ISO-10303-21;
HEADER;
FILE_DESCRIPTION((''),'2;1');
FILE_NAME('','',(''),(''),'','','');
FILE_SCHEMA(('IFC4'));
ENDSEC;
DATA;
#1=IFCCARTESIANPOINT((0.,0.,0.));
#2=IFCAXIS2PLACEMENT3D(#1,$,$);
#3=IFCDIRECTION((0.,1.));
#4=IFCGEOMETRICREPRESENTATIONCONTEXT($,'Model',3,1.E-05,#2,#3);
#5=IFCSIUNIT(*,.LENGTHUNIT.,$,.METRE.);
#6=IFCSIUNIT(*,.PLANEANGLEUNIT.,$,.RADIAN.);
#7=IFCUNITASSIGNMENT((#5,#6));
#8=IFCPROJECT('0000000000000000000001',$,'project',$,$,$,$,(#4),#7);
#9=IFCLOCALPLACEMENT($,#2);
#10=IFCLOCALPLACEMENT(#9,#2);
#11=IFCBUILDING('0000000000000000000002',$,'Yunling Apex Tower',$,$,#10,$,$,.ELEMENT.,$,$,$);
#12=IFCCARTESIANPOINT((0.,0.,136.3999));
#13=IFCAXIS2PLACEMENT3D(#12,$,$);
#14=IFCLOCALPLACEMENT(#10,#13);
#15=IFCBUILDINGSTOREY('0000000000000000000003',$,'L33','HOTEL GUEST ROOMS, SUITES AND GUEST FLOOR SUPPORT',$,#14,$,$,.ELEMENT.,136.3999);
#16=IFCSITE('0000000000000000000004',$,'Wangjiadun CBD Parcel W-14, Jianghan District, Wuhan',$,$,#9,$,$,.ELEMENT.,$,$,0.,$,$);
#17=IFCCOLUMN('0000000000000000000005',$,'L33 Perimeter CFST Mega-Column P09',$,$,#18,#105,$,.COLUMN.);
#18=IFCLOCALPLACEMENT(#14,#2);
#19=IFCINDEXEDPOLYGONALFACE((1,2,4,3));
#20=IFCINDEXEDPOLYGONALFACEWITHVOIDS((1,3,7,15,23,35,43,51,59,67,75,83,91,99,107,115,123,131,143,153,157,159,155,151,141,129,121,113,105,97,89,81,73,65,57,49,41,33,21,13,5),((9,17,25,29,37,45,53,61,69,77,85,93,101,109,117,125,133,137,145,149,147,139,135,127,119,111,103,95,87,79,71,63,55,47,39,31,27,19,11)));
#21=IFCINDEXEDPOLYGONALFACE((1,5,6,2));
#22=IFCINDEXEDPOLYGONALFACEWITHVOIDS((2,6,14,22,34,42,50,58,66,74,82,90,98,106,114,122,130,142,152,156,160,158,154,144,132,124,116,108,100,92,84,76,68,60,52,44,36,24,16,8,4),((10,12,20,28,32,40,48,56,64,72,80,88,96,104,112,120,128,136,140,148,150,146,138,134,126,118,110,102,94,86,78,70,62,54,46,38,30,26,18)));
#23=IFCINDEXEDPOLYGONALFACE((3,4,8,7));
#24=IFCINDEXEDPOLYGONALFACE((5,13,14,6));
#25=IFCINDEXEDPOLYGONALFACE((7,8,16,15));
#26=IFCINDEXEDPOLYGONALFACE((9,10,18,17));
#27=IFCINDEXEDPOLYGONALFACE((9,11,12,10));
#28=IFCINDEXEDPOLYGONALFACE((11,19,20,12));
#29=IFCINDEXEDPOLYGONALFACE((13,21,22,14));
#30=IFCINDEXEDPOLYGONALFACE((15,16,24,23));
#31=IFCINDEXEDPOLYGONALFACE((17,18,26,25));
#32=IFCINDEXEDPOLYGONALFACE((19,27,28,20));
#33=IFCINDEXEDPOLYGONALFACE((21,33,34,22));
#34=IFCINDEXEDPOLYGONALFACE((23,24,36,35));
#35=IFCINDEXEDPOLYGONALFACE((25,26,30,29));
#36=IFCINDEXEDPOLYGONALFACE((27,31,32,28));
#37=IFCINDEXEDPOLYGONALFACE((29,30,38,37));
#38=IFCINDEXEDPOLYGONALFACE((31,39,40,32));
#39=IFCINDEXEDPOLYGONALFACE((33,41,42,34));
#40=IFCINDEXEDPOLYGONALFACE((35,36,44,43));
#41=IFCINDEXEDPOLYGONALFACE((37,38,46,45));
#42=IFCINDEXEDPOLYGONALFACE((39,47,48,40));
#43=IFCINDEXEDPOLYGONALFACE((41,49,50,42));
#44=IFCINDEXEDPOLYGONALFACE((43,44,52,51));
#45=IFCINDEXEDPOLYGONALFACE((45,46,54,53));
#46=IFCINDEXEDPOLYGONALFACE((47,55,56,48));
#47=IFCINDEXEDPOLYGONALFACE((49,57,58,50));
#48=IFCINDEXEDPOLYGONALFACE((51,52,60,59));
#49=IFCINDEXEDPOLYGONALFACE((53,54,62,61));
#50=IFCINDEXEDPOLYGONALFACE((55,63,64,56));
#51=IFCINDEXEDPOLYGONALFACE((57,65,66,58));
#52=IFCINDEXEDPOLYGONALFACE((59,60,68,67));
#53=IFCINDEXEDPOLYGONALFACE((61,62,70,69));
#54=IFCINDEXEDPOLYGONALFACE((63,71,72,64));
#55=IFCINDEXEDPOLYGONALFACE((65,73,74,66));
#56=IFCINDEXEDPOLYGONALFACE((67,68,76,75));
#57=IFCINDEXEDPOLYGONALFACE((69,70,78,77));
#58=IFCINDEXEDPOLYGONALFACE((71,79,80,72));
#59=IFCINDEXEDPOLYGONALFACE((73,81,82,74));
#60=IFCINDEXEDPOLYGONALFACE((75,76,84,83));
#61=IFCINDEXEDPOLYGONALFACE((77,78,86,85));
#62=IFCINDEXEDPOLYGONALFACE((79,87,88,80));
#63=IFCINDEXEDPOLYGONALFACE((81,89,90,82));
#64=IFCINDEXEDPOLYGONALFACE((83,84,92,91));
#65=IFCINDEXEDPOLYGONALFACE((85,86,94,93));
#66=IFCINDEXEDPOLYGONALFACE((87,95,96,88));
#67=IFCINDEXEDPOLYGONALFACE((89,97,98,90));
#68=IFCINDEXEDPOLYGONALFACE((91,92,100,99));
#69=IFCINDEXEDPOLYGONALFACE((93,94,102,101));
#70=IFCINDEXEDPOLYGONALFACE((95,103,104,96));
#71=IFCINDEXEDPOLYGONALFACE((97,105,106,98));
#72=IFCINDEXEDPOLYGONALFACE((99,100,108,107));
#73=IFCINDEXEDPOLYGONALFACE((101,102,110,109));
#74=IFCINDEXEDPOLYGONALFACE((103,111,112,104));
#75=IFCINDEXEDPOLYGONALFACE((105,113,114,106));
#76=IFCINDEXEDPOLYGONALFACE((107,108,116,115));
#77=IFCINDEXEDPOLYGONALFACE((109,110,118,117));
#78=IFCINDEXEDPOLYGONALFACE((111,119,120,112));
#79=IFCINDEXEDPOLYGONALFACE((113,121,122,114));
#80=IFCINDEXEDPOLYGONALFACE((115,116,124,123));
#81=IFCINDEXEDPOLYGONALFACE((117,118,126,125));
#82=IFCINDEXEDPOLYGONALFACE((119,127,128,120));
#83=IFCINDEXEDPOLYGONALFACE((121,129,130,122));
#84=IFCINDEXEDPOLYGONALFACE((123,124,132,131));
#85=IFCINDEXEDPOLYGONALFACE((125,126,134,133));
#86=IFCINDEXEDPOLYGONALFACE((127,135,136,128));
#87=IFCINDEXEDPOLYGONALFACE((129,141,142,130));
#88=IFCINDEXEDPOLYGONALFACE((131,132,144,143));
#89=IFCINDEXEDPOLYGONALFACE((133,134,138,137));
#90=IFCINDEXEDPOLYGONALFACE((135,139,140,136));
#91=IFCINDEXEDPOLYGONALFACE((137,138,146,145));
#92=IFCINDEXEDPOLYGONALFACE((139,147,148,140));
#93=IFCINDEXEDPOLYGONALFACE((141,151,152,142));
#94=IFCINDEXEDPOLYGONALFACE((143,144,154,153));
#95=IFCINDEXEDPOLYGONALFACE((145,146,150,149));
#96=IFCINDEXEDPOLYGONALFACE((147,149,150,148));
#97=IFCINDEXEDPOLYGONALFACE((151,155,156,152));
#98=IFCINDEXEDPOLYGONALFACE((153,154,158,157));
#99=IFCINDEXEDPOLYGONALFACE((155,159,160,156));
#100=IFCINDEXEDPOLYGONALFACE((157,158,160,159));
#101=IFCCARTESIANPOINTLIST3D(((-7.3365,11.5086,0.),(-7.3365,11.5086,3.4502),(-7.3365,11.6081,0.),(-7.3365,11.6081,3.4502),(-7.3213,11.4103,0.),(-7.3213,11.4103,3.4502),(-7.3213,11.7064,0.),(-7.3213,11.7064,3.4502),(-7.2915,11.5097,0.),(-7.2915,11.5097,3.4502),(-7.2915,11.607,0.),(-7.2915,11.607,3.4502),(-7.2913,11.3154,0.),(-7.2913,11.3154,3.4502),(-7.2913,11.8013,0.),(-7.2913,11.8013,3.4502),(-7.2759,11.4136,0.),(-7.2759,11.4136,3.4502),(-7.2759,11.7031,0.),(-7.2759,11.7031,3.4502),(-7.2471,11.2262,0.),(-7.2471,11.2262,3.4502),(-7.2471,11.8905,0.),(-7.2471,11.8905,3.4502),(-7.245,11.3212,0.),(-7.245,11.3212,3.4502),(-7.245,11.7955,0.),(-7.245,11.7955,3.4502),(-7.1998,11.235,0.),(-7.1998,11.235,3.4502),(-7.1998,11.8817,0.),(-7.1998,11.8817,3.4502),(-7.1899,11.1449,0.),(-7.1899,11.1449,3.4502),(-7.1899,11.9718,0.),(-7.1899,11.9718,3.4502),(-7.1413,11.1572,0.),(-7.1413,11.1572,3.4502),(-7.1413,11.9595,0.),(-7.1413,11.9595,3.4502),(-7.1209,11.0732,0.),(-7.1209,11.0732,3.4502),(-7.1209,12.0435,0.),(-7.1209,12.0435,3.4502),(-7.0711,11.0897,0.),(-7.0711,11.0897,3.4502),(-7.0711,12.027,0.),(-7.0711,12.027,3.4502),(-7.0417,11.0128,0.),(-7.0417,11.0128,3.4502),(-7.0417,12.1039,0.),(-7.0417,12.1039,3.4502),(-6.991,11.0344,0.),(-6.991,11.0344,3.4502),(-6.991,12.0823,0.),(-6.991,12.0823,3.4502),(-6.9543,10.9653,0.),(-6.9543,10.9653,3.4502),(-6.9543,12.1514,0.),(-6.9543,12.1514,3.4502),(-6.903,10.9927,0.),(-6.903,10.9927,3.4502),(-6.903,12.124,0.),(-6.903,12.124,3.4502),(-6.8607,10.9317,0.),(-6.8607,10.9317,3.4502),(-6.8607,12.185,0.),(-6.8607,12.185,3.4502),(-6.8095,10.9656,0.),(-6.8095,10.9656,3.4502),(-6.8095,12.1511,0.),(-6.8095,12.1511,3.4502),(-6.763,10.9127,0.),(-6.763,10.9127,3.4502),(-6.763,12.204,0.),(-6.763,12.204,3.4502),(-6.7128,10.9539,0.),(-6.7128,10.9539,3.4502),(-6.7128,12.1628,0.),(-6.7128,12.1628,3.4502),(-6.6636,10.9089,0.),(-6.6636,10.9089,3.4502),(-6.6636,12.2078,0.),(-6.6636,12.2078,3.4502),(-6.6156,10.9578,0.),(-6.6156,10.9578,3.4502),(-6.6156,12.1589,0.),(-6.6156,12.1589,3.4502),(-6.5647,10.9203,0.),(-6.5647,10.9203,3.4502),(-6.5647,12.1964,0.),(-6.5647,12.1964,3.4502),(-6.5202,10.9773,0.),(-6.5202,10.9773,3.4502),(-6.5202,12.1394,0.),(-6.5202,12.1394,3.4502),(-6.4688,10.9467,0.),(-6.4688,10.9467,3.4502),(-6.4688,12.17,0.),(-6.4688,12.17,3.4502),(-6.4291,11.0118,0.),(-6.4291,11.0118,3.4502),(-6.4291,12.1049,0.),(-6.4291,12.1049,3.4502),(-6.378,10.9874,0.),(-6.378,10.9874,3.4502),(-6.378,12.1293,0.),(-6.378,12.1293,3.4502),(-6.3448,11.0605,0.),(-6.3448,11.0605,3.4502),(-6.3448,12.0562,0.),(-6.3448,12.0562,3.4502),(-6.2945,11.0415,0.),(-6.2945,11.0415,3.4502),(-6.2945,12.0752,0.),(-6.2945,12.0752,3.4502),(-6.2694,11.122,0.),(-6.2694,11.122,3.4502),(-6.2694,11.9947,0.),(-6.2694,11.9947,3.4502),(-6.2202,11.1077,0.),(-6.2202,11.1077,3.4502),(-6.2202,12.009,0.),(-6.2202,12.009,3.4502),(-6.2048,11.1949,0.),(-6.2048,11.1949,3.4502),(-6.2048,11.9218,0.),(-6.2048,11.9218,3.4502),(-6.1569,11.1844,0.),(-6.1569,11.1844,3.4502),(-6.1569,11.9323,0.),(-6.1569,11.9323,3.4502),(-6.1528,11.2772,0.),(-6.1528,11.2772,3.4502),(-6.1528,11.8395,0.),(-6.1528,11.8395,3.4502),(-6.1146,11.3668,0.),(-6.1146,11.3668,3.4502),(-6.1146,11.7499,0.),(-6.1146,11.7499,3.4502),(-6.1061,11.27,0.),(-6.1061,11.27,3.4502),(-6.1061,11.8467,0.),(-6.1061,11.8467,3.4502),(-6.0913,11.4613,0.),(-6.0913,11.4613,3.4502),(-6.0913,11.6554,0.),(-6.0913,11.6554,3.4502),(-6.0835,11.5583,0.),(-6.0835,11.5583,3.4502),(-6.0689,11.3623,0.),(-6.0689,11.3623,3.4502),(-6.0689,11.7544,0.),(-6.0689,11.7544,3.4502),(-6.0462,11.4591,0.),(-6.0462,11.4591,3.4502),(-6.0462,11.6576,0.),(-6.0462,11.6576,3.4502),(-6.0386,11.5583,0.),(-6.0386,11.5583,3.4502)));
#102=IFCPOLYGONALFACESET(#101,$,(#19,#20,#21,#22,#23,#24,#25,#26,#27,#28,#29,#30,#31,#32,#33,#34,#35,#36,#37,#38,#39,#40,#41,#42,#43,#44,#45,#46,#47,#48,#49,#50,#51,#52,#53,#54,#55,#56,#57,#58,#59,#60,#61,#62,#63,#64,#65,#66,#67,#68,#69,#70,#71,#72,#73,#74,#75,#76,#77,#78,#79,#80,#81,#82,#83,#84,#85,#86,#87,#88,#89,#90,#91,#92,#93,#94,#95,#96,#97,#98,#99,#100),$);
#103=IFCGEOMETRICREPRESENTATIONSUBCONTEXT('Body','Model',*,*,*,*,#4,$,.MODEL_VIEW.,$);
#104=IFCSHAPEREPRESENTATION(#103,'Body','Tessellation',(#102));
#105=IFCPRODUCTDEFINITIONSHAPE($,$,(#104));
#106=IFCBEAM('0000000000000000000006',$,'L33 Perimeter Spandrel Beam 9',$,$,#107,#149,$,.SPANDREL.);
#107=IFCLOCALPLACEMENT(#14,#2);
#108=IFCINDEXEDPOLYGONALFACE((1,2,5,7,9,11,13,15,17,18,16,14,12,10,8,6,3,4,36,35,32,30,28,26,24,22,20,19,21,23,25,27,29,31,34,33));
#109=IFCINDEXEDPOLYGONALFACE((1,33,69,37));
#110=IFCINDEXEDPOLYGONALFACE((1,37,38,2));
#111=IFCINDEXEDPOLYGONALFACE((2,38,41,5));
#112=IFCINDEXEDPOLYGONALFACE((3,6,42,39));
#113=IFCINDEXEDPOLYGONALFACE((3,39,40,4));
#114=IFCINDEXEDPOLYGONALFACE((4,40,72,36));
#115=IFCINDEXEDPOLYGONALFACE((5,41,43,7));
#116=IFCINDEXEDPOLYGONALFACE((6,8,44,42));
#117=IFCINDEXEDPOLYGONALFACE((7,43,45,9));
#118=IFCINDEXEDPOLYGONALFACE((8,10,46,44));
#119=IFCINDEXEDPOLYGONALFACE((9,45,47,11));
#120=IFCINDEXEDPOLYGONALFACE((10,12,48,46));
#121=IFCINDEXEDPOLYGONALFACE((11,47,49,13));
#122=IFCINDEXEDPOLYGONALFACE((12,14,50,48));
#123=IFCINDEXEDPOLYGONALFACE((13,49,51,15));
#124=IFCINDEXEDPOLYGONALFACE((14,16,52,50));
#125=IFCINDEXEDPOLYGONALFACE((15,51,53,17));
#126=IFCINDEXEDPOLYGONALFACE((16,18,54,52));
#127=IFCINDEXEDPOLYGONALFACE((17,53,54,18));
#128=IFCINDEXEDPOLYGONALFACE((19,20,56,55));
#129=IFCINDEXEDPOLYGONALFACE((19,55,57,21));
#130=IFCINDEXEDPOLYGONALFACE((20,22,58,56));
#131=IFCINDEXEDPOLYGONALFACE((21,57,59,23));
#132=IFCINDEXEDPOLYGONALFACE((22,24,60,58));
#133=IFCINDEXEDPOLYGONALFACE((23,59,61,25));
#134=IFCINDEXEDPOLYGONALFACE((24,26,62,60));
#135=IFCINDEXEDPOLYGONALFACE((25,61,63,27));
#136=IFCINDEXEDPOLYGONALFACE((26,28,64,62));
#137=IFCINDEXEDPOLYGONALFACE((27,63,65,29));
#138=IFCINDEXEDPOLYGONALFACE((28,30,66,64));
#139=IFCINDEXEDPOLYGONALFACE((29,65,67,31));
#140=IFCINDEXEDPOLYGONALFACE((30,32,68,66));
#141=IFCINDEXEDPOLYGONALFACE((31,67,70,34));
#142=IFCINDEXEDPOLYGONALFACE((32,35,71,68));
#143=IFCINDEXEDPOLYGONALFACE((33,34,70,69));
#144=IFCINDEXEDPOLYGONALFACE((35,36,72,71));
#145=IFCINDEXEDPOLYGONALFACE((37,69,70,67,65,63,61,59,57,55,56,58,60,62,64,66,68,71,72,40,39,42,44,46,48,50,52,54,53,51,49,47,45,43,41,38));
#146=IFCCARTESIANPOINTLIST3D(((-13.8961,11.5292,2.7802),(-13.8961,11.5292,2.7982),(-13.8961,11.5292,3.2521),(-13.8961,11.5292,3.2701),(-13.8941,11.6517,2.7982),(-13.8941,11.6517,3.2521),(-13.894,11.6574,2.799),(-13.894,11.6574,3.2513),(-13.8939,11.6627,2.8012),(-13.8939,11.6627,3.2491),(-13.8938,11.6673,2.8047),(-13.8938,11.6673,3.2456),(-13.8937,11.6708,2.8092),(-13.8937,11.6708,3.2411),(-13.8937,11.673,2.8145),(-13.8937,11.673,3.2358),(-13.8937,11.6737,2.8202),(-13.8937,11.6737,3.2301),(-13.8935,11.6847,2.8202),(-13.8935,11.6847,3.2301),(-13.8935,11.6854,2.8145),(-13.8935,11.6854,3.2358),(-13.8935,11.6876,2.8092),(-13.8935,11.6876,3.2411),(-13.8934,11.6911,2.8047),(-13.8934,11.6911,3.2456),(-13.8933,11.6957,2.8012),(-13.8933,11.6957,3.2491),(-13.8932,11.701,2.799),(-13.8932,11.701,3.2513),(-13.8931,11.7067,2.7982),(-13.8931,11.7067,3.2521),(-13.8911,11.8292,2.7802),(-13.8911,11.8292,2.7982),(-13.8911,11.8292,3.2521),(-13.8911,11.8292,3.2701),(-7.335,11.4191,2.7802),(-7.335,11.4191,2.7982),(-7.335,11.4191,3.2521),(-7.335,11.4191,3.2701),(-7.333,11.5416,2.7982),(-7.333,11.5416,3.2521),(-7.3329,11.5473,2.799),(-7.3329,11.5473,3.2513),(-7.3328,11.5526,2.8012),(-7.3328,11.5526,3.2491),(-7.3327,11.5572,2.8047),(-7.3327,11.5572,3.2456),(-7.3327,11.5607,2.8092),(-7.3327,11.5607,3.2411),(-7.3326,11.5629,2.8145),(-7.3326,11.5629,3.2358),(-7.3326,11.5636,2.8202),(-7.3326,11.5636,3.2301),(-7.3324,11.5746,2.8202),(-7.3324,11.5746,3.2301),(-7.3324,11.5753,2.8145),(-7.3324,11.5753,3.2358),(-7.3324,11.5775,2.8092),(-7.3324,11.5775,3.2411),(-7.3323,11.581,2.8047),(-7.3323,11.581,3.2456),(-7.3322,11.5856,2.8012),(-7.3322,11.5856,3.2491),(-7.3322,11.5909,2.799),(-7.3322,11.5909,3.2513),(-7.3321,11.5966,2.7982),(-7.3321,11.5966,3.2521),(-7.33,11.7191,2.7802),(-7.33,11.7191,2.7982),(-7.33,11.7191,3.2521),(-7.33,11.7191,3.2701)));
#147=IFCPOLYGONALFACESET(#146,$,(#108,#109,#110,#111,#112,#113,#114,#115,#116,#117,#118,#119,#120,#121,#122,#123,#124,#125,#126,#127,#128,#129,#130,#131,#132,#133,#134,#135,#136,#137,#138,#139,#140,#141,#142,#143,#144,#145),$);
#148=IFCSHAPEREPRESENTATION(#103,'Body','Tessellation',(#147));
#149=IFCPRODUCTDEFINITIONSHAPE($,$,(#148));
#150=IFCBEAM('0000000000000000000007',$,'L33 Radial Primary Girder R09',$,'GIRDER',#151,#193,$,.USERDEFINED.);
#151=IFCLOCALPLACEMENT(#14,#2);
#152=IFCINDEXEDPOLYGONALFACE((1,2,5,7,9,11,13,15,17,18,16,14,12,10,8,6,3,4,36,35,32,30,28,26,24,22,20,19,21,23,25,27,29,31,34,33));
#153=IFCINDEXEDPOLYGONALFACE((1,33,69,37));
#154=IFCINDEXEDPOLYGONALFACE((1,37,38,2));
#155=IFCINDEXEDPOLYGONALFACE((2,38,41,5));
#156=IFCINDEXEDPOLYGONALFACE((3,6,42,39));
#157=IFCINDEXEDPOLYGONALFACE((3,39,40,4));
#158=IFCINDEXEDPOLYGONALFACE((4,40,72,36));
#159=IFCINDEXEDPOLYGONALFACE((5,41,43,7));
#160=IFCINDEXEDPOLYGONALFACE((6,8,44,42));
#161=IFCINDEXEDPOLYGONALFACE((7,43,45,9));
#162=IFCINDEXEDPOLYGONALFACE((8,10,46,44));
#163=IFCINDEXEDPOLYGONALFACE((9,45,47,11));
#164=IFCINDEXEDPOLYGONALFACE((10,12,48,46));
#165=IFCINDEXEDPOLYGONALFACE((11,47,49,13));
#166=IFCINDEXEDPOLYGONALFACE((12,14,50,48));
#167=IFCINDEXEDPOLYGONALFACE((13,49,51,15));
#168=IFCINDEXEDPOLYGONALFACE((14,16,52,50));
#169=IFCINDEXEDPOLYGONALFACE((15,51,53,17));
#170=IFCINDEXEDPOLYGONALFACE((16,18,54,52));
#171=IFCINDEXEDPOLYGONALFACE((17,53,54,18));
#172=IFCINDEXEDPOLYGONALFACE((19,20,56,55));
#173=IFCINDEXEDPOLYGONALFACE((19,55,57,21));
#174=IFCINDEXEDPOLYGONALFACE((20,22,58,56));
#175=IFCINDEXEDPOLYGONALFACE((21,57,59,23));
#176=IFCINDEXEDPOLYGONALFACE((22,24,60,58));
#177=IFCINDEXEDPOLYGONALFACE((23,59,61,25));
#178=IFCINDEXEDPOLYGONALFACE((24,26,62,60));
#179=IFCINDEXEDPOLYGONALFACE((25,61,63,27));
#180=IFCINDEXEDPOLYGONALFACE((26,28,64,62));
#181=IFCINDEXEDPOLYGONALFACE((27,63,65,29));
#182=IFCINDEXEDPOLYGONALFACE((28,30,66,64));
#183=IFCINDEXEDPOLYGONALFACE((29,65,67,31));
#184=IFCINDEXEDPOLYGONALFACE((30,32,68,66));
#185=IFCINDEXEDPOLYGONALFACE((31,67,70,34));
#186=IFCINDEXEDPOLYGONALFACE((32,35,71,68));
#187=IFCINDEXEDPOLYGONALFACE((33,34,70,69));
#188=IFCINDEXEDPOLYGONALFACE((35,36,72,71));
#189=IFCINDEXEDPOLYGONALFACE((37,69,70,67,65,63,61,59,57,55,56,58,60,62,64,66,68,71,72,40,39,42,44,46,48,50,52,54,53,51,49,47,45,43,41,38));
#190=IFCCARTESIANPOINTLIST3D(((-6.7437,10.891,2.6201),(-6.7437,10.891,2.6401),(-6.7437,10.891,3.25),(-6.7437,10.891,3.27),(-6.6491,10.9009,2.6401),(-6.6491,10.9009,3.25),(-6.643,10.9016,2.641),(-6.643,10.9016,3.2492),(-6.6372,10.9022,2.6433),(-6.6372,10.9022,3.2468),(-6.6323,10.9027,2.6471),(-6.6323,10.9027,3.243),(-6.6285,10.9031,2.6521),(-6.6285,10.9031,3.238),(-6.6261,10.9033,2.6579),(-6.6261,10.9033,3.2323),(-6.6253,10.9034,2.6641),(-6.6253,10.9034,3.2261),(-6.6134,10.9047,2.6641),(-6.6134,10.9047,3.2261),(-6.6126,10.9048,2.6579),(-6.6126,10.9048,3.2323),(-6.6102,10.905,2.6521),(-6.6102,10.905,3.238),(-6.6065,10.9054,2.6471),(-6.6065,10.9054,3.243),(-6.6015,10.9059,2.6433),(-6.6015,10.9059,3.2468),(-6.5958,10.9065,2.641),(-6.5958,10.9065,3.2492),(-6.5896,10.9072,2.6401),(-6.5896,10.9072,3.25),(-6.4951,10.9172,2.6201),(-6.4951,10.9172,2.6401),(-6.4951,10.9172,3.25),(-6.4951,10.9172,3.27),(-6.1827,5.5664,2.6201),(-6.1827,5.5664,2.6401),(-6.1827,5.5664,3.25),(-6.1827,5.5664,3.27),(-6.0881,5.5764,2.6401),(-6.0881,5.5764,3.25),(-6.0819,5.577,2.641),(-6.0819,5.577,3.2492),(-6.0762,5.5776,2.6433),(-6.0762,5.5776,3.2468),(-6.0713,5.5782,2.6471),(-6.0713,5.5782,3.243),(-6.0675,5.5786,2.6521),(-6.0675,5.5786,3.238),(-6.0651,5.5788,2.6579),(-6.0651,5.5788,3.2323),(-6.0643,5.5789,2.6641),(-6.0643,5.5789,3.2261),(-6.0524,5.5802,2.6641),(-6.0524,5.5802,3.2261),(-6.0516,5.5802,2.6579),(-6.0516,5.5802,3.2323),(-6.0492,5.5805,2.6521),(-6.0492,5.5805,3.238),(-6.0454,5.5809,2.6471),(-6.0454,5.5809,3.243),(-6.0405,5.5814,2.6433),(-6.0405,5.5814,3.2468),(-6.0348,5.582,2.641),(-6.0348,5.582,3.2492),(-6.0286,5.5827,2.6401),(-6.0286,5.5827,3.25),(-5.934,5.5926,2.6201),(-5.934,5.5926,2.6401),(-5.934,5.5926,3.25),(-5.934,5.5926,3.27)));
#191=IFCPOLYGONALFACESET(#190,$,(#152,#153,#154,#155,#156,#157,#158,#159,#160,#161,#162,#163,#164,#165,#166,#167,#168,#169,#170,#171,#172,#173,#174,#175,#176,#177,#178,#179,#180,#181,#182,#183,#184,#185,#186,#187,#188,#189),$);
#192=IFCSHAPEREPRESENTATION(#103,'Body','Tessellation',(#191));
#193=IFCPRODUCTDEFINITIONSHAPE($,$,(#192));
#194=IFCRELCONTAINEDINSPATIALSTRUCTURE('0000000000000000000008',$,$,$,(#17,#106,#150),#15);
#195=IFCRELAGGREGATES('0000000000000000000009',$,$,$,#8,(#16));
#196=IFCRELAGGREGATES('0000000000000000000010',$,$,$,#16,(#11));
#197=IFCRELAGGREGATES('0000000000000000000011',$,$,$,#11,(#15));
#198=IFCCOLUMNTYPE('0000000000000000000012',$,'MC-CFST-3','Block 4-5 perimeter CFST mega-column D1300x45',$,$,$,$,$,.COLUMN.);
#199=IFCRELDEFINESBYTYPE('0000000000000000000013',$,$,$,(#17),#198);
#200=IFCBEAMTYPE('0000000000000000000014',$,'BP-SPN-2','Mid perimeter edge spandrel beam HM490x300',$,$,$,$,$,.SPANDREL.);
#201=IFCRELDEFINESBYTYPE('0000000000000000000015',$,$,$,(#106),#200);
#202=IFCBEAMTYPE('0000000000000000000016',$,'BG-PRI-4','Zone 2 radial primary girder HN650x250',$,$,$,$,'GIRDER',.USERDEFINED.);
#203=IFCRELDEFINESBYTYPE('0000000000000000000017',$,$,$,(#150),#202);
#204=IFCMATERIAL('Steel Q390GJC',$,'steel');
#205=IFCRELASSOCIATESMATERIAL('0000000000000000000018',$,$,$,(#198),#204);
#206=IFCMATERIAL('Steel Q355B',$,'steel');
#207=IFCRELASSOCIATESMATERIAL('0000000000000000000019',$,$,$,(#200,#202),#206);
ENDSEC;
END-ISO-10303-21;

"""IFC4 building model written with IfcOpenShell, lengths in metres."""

from ifc_helpers import new_model, si_unit, direction, frame, origin, origin_2d, place, context, subcontext, project, spatial, hollow_circle, i_section, extrude, source, transform, mapped, material, material_profile, profile_set, type_object, element, save


model = new_model("IFC4")

# Units and contexts
model_context = context("Model", 3, precision=1e-05, world=origin(), true_north=direction((0.0, 1.0)))
body_context = subcontext(model_context, "Body", "Model", "MODEL_VIEW")
ifc_project = project(units=[si_unit("LENGTHUNIT", "METRE"), si_unit("PLANEANGLEUNIT", "RADIAN")], contexts=[model_context])

# Site, building, storey
site_placement = place(None, origin())
site = spatial("IfcSite", under=ifc_project, at=site_placement, Name="Wangjiadun CBD Parcel W-14, Jianghan District, Wuhan", CompositionType="ELEMENT", RefElevation=0.0)
building_placement = place(site_placement, origin())
building = spatial("IfcBuilding", under=site, at=building_placement, Name="Yunling Apex Tower", CompositionType="ELEMENT")
storey_placement = place(building_placement, frame((0.0, 0.0, 136.3999)))
storey = spatial("IfcBuildingStorey", under=building, at=storey_placement, Name="L33", Description="HOTEL GUEST ROOMS, SUITES AND GUEST FLOOR SUPPORT", CompositionType="ELEMENT", Elevation=136.3999)

# Column
ifc_material_1 = material(Name="Steel Q390GJC", Category="steel")
ifc_material_profile_1 = material_profile(ifc_material_1, hollow_circle(Radius=0.6499, WallThickness=0.0449, at=origin_2d()))
ifc_profile_set_1 = profile_set([ifc_material_profile_1], Name="Steel Q390GJC")
column_type = type_object("IfcColumnType", Name="MC-CFST-3", Description="Block 4-5 perimeter CFST mega-column D1300x45", PredefinedType="COLUMN", material=ifc_profile_set_1)
shared_shape_1 = source(origin(), body_context, "Body", "SweptSolid", [
    extrude(hollow_circle(Radius=0.6499, WallThickness=0.0449, at=origin_2d()), origin(), (0.0, 0.0, 1.0), 3.4502),
])
column_placement = place(storey_placement, frame((-6.6885, 11.5583, 0.0), z_axis=(0.0, 0.0, 1.0), x_axis=(1.0, 0.0, 0.0)))
element("IfcColumn", 1, at=column_placement, inside=storey, type_object=column_type, Name="L33 Perimeter CFST Mega-Column P09", PredefinedType="COLUMN", context=body_context, shape_type="MappedRepresentation", body=[
    mapped(shared_shape_1, transform((0.0, 0.0, 0.0), scale=1.0)),
])

# Beams
ifc_material_2 = material(Name="Steel Q355B", Category="steel")
ifc_material_profile_2 = material_profile(ifc_material_2, i_section(OverallWidth=0.3, OverallDepth=0.49, WebThickness=0.011, FlangeThickness=0.0181, FilletRadius=0.022, at=origin_2d()))
ifc_profile_set_2 = profile_set([ifc_material_profile_2], Name="Steel Q355B")
beam_type_1 = type_object("IfcBeamType", Name="BP-SPN-2", Description="Mid perimeter edge spandrel beam HM490x300", PredefinedType="SPANDREL", material=ifc_profile_set_2)
shared_shape_2 = source(origin(), body_context, "Body", "SweptSolid", [
    extrude(i_section(OverallWidth=0.3, OverallDepth=0.49, WebThickness=0.011, FlangeThickness=0.0181, FilletRadius=0.022, at=origin_2d()), origin(), (0.0, 0.0, 1.0), 6.562),
])
beam_1_placement = place(storey_placement, frame((-7.3325, 11.5691, 3.0251), z_axis=(-0.999859, 0.01678, 0.0), x_axis=(-0.01678, -0.999859, 0.0)))
element("IfcBeam", 2, at=beam_1_placement, inside=storey, type_object=beam_type_1, Name="L33 Perimeter Spandrel Beam 9", PredefinedType="SPANDREL", context=body_context, shape_type="MappedRepresentation", body=[
    mapped(shared_shape_2, transform((0.0, 0.0, 0.0), scale=1.0)),
])
ifc_material_profile_3 = material_profile(ifc_material_2, i_section(OverallWidth=0.25, OverallDepth=0.6499, WebThickness=0.012, FlangeThickness=0.02, FilletRadius=0.0239, at=origin_2d()))
ifc_profile_set_3 = profile_set([ifc_material_profile_3], Name="Steel Q355B")
beam_type_2 = type_object("IfcBeamType", Name="BG-PRI-4", Description="Zone 2 radial primary girder HN650x250", ElementType="GIRDER", PredefinedType="USERDEFINED", material=ifc_profile_set_3)
shared_shape_3 = source(origin(), body_context, "Body", "SweptSolid", [
    extrude(i_section(OverallWidth=0.25, OverallDepth=0.6499, WebThickness=0.012, FlangeThickness=0.02, FilletRadius=0.0239, at=origin_2d()), origin(), (0.0, 0.0, 1.0), 5.354),
])
beam_2_placement = place(storey_placement, frame((-6.6194, 10.9041, 2.9451), z_axis=(0.104789, -0.994494, 0.0), x_axis=(0.994494, 0.104789, 0.0)))
element("IfcBeam", 3, at=beam_2_placement, inside=storey, type_object=beam_type_2, Name="L33 Radial Primary Girder R09", ObjectType="GIRDER", PredefinedType="USERDEFINED", context=body_context, shape_type="MappedRepresentation", body=[
    mapped(shared_shape_3, transform((0.0, 0.0, 0.0), scale=1.0)),
])

save(model, "model.ifc")
